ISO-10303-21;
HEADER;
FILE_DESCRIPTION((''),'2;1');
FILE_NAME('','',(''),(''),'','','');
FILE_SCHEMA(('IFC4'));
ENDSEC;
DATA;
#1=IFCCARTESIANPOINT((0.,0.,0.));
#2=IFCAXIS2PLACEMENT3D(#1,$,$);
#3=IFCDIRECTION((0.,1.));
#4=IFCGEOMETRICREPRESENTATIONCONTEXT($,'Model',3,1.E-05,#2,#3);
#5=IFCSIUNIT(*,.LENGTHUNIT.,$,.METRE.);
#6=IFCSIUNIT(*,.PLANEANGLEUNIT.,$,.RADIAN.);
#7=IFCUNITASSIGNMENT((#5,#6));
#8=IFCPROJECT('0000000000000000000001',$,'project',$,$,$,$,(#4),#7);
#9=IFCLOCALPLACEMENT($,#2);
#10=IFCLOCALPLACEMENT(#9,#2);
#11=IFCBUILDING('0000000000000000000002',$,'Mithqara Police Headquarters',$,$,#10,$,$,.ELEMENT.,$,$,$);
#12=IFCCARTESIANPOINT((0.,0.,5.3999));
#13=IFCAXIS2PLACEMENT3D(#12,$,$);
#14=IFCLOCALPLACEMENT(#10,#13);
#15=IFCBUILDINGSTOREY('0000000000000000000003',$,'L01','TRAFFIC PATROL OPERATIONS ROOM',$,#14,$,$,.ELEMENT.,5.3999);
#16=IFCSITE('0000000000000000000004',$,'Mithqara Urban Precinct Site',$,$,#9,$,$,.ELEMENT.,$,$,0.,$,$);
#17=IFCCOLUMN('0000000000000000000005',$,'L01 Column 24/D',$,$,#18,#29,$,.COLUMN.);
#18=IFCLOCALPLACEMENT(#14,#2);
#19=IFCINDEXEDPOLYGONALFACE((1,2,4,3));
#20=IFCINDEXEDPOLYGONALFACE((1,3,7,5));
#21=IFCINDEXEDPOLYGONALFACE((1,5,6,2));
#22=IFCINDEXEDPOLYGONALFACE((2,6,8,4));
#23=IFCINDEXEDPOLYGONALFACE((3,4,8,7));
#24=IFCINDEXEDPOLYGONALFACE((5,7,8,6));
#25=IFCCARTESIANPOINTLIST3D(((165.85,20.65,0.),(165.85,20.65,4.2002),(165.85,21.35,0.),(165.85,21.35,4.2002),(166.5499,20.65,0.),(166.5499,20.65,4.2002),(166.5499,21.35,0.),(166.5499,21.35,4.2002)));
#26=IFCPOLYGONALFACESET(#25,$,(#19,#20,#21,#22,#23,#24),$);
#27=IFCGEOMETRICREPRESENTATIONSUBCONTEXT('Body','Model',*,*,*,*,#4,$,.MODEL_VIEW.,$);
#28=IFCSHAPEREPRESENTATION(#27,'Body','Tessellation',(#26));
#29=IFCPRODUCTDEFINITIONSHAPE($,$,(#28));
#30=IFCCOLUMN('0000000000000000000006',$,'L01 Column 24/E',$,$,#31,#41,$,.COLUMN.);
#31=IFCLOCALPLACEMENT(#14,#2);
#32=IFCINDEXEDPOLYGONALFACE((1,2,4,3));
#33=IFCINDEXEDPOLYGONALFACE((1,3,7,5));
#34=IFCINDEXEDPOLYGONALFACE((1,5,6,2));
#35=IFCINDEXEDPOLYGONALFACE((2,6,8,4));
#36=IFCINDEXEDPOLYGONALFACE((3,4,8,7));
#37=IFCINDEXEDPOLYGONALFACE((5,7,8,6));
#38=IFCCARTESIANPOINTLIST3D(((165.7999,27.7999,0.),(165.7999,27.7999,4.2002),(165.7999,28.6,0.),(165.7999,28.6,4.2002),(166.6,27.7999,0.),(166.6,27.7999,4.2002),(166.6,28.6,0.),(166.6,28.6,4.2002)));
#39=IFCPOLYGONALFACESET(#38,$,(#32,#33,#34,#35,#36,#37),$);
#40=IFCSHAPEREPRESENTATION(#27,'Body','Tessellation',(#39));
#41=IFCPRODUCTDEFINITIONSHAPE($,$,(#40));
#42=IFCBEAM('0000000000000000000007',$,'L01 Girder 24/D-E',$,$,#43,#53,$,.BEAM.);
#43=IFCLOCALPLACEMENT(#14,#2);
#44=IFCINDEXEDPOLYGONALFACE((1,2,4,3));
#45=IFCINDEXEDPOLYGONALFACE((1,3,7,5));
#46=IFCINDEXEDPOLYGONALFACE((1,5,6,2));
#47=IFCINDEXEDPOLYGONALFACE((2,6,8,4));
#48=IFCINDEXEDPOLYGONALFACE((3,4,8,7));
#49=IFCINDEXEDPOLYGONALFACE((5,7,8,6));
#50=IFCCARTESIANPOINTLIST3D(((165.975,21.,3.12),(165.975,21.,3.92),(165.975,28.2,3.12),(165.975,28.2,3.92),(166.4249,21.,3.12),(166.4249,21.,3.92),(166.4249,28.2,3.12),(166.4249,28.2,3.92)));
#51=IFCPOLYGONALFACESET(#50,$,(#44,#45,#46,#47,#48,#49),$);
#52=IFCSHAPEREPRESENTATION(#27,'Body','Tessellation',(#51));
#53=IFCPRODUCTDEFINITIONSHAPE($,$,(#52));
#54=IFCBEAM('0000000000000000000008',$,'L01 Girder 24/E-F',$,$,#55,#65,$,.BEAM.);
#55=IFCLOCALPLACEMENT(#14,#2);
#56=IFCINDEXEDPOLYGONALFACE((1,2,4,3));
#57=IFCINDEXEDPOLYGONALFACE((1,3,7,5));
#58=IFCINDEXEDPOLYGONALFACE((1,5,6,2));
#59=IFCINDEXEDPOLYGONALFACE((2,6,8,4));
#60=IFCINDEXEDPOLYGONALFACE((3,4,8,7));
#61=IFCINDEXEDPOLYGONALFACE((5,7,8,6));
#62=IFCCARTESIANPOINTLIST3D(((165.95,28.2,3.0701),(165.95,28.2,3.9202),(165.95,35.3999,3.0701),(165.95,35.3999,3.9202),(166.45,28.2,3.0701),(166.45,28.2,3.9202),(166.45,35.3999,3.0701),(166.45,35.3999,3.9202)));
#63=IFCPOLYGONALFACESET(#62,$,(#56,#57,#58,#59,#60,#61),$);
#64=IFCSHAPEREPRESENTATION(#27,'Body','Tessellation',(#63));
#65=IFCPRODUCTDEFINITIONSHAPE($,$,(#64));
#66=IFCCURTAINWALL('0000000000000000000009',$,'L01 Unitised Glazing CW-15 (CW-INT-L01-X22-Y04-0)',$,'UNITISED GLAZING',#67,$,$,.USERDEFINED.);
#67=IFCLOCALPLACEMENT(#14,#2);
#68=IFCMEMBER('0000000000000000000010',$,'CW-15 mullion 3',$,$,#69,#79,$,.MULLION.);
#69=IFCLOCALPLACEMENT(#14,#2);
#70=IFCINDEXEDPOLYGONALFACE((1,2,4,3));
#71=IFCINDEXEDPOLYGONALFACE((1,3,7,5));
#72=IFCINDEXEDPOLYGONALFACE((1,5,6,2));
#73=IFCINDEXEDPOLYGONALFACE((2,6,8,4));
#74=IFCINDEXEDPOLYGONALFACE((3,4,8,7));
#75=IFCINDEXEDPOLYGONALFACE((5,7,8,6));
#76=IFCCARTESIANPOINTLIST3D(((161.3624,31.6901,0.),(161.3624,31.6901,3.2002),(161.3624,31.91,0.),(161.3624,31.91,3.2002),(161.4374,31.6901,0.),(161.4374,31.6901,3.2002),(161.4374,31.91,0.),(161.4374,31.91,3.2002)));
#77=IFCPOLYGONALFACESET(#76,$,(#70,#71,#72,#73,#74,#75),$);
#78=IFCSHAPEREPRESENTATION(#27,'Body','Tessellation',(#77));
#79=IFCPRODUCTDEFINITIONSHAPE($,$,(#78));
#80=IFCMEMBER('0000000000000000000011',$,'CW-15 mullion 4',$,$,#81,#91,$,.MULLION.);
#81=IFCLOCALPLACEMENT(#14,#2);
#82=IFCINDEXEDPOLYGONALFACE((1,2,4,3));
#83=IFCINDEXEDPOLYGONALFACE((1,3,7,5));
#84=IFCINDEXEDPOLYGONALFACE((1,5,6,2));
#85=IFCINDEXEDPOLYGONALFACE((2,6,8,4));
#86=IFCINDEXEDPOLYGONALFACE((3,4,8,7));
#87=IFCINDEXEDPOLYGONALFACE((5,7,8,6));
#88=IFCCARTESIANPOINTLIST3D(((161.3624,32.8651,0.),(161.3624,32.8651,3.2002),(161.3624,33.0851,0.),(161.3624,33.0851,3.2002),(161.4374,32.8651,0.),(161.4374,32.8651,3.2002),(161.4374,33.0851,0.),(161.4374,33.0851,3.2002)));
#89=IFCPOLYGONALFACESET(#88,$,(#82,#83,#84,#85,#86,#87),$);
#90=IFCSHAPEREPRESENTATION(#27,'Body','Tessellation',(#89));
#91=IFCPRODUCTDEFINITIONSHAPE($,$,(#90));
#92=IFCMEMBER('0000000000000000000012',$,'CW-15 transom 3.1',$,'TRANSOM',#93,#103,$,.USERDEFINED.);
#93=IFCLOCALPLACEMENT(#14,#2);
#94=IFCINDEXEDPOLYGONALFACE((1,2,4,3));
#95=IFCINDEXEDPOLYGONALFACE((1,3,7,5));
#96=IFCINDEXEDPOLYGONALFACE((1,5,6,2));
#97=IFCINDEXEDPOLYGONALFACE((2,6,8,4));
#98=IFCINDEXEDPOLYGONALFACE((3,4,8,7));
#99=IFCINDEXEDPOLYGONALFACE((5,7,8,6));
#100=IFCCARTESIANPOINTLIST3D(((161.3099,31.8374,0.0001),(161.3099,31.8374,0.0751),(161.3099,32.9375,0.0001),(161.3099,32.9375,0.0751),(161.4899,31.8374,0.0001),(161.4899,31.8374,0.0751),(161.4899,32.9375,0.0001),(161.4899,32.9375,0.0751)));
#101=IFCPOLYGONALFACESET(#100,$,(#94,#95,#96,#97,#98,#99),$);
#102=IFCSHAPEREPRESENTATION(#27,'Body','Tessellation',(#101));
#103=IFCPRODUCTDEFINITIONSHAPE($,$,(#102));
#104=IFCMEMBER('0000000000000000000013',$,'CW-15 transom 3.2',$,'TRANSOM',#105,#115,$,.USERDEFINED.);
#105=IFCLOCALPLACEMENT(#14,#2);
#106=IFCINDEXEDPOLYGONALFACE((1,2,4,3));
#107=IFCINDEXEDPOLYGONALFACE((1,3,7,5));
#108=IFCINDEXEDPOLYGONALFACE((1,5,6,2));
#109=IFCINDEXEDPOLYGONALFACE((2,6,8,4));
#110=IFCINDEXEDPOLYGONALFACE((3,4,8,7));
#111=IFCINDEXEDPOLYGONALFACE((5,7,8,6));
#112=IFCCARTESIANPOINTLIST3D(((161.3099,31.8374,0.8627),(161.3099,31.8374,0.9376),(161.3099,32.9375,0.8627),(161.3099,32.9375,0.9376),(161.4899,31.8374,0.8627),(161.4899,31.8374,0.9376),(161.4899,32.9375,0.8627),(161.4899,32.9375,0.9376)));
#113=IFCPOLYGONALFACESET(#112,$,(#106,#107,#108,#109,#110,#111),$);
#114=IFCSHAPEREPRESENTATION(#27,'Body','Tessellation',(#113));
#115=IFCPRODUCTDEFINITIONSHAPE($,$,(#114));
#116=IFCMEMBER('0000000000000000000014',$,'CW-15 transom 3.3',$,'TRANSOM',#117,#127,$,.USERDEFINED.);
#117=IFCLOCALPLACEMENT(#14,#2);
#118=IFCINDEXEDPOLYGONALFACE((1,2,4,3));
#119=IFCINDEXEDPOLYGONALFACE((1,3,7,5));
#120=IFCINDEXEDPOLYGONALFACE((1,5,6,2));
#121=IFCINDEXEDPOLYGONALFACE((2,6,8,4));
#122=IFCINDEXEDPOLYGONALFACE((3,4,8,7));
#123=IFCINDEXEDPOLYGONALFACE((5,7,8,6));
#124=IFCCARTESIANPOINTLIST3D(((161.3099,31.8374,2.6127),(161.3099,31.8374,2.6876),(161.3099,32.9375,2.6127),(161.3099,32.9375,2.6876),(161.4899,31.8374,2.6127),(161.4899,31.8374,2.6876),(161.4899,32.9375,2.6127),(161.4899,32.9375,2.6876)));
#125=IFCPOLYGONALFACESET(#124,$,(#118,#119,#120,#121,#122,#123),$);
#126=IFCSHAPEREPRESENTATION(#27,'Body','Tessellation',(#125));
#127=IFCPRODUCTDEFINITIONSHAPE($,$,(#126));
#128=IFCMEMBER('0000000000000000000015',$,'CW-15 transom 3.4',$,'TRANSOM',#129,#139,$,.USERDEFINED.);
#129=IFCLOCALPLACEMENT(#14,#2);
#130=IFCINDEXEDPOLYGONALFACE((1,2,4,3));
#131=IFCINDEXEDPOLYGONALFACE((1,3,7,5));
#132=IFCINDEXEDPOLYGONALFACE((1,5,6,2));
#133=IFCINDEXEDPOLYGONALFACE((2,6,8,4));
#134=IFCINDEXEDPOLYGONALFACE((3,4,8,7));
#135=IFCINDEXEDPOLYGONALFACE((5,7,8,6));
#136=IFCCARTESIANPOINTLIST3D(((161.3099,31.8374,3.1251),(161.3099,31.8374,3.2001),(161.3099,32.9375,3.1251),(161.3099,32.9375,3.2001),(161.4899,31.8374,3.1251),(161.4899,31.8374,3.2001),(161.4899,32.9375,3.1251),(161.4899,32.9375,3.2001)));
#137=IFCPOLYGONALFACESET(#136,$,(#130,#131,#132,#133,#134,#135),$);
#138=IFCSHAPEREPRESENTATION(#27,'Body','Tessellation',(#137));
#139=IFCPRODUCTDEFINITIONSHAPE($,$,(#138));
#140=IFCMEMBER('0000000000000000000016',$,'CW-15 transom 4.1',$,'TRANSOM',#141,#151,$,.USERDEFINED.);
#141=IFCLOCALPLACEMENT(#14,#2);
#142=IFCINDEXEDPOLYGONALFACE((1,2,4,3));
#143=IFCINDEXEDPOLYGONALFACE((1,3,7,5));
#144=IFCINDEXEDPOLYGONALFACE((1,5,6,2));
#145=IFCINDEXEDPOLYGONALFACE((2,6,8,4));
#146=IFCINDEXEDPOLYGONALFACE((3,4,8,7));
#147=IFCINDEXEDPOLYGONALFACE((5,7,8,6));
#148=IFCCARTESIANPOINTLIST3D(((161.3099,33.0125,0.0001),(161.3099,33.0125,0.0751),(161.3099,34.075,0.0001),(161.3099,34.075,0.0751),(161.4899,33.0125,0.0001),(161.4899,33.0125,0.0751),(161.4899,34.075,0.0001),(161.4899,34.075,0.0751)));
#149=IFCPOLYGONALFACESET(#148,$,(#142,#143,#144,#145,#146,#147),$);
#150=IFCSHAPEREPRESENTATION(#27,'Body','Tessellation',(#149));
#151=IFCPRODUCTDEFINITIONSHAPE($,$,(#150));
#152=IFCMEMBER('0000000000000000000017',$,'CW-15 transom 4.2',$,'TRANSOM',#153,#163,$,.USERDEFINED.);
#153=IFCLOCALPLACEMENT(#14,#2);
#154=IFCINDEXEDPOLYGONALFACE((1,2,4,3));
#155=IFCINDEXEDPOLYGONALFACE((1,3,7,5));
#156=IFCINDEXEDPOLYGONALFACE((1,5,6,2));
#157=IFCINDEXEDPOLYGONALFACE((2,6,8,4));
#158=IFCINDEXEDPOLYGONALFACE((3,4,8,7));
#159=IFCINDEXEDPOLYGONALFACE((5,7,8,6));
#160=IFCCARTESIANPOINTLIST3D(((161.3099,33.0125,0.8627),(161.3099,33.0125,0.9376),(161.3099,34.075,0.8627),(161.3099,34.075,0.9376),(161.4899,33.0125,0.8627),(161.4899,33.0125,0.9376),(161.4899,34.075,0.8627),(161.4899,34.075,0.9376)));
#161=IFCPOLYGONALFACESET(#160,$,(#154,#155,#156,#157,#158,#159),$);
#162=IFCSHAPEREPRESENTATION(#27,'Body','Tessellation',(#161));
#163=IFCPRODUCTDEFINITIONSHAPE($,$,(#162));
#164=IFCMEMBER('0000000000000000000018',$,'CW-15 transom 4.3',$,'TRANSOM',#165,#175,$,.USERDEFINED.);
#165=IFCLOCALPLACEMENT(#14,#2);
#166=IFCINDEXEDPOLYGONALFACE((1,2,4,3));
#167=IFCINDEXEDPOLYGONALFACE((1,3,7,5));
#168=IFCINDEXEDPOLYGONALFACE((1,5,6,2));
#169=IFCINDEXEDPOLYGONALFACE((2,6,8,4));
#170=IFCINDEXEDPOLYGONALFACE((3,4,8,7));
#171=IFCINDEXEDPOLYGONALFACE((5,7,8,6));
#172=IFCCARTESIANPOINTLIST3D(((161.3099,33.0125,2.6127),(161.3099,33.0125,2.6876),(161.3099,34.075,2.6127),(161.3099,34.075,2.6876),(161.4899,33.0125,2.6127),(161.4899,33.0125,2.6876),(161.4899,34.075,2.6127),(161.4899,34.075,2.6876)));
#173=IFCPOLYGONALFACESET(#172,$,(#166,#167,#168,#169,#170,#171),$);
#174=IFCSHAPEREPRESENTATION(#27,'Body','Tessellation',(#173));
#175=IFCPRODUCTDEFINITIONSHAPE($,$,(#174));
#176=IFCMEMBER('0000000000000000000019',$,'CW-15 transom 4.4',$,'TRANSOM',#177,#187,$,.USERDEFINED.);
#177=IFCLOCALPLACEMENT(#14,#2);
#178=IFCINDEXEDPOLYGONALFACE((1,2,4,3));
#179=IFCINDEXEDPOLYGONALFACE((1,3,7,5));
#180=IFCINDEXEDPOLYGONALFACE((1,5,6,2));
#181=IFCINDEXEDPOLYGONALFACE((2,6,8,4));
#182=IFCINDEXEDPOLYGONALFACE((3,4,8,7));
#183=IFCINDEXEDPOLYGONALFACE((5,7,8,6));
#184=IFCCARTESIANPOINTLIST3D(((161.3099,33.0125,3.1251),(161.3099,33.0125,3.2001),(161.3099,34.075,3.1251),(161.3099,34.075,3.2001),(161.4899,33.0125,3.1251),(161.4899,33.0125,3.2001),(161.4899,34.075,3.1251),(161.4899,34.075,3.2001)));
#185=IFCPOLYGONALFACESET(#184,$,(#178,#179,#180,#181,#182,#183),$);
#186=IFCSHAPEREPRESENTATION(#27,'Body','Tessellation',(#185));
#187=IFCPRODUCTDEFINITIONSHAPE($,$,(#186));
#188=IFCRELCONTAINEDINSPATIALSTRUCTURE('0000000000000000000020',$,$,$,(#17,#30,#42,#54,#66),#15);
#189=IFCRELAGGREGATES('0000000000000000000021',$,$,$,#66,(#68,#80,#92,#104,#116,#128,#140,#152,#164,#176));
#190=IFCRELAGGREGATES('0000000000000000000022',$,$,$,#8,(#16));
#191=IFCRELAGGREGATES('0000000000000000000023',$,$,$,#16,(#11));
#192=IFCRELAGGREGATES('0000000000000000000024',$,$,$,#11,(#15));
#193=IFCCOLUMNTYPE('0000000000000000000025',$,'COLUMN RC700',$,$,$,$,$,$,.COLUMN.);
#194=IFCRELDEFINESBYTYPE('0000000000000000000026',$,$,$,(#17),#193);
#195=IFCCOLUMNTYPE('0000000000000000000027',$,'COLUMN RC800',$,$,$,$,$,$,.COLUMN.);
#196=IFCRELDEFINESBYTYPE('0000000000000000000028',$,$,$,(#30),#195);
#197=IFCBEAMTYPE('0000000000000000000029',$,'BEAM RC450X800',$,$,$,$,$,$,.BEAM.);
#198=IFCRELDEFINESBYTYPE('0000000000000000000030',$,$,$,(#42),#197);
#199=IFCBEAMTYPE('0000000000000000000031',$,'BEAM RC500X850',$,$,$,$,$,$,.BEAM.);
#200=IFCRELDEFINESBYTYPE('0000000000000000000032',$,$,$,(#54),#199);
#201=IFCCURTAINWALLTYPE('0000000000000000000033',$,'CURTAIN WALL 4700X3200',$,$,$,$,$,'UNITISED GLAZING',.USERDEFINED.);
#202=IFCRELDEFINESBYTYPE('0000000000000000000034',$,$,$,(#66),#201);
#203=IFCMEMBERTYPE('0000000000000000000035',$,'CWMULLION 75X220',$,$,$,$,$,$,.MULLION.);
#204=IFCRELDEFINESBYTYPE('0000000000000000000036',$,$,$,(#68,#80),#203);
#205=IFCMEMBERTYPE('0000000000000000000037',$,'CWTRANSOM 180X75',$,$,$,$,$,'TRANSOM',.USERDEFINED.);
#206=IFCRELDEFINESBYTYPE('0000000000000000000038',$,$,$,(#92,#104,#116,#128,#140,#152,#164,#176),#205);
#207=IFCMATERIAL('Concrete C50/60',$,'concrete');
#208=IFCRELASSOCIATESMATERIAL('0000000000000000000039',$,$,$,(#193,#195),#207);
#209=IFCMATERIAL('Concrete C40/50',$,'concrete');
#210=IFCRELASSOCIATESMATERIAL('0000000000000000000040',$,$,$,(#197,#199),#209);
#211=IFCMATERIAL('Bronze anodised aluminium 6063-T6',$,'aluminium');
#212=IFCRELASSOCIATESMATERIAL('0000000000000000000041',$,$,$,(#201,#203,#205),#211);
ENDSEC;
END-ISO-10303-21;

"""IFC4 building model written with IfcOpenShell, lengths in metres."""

from ifc_helpers import new_model, si_unit, direction, frame, origin, origin_2d, place, context, subcontext, project, spatial, rectangle, extrude, material, material_profile, profile_set, type_object, element, aggregate, save


model = new_model("IFC4")

# Units and contexts
model_context = context("Model", 3, precision=1e-05, world=origin(), true_north=direction((0.0, 1.0)))
body_context = subcontext(model_context, "Body", "Model", "MODEL_VIEW")
ifc_project = project(units=[si_unit("LENGTHUNIT", "METRE"), si_unit("PLANEANGLEUNIT", "RADIAN")], contexts=[model_context])

# Site, building, storey
site_placement = place(None, origin())
site = spatial("IfcSite", under=ifc_project, at=site_placement, Name="Mithqara Urban Precinct Site", CompositionType="ELEMENT", RefElevation=0.0)
building_placement = place(site_placement, origin())
building = spatial("IfcBuilding", under=site, at=building_placement, Name="Mithqara Police Headquarters", CompositionType="ELEMENT")
storey_placement = place(building_placement, frame((0.0, 0.0, 5.3999)))
storey = spatial("IfcBuildingStorey", under=building, at=storey_placement, Name="L01", Description="TRAFFIC PATROL OPERATIONS ROOM", CompositionType="ELEMENT", Elevation=5.3999)

# Columns
ifc_material_1 = material(Name="Concrete C50/60", Category="concrete")
ifc_material_profile_1 = material_profile(ifc_material_1, rectangle(XDim=0.7, YDim=0.7, at=origin_2d()), Name="RC 700x700")
ifc_profile_set_1 = profile_set([ifc_material_profile_1], Name="Concrete C50/60")
column_type_1 = type_object("IfcColumnType", Name="COLUMN RC700", PredefinedType="COLUMN", material=ifc_profile_set_1)
column_1_placement = place(storey_placement, frame((166.2, 21.0, 0.0), z_axis=(0.0, 0.0, 1.0), x_axis=(1.0, 0.0, 0.0)))
element("IfcColumn", 1, at=column_1_placement, inside=storey, type_object=column_type_1, Name="L01 Column 24/D", PredefinedType="COLUMN", context=body_context, shape_type="SweptSolid", body=[
    extrude(rectangle(XDim=0.7, YDim=0.7, at=origin_2d()), origin(), (0.0, 0.0, 1.0), 4.2002),
])
ifc_material_profile_2 = material_profile(ifc_material_1, rectangle(XDim=0.8, YDim=0.8, at=origin_2d()), Name="RC 800x800")
ifc_profile_set_2 = profile_set([ifc_material_profile_2], Name="Concrete C50/60")
column_type_2 = type_object("IfcColumnType", Name="COLUMN RC800", PredefinedType="COLUMN", material=ifc_profile_set_2)
column_2_placement = place(storey_placement, frame((166.2, 28.2, 0.0), z_axis=(0.0, 0.0, 1.0), x_axis=(1.0, 0.0, 0.0)))
element("IfcColumn", 2, at=column_2_placement, inside=storey, type_object=column_type_2, Name="L01 Column 24/E", PredefinedType="COLUMN", context=body_context, shape_type="SweptSolid", body=[
    extrude(rectangle(XDim=0.8, YDim=0.8, at=origin_2d()), origin(), (0.0, 0.0, 1.0), 4.2002),
])

# Beams
ifc_material_2 = material(Name="Concrete C40/50", Category="concrete")
ifc_material_profile_3 = material_profile(ifc_material_2, rectangle(XDim=0.45, YDim=0.8, at=origin_2d()), Name="RC 450x800")
ifc_profile_set_3 = profile_set([ifc_material_profile_3], Name="Concrete C40/50")
beam_type_1 = type_object("IfcBeamType", Name="BEAM RC450X800", PredefinedType="BEAM", material=ifc_profile_set_3)
beam_1_placement = place(storey_placement, frame((166.2, 21.0, 3.52), z_axis=(0.0, 1.0, 0.0), x_axis=(-1.0, 0.0, 0.0)))
element("IfcBeam", 3, at=beam_1_placement, inside=storey, type_object=beam_type_1, Name="L01 Girder 24/D-E", PredefinedType="BEAM", context=body_context, shape_type="SweptSolid", body=[
    extrude(rectangle(XDim=0.45, YDim=0.8, at=origin_2d()), origin(), (0.0, 0.0, 1.0), 7.2),
])
ifc_material_profile_4 = material_profile(ifc_material_2, rectangle(XDim=0.5, YDim=0.8501, at=origin_2d()), Name="RC 500x850")
ifc_profile_set_4 = profile_set([ifc_material_profile_4], Name="Concrete C40/50")
beam_type_2 = type_object("IfcBeamType", Name="BEAM RC500X850", PredefinedType="BEAM", material=ifc_profile_set_4)
beam_2_placement = place(storey_placement, frame((166.2, 28.2, 3.4951), z_axis=(0.0, 1.0, 0.0), x_axis=(-1.0, 0.0, 0.0)))
element("IfcBeam", 4, at=beam_2_placement, inside=storey, type_object=beam_type_2, Name="L01 Girder 24/E-F", PredefinedType="BEAM", context=body_context, shape_type="SweptSolid", body=[
    extrude(rectangle(XDim=0.5, YDim=0.8501, at=origin_2d()), origin(), (0.0, 0.0, 1.0), 7.2),
])

# Curtain wall, members
ifc_material_3 = material(Name="Bronze anodised aluminium 6063-T6", Category="aluminium")
curtain_wall_type = type_object("IfcCurtainWallType", Name="CURTAIN WALL 4700X3200", ElementType="UNITISED GLAZING", PredefinedType="USERDEFINED", material=ifc_material_3)
curtain_wall_placement = place(storey_placement, origin())
curtain_wall = element("IfcCurtainWall", 5, at=curtain_wall_placement, inside=storey, type_object=curtain_wall_type, Name="L01 Unitised Glazing CW-15 (CW-INT-L01-X22-Y04-0)", ObjectType="UNITISED GLAZING", PredefinedType="USERDEFINED")
ifc_material_profile_5 = material_profile(ifc_material_3, rectangle(XDim=0.075, YDim=0.22, at=origin_2d()), Name="CWM 75x220")
ifc_profile_set_5 = profile_set([ifc_material_profile_5], Name="Bronze anodised aluminium 6063-T6")
member_type_1 = type_object("IfcMemberType", Name="CWMULLION 75X220", PredefinedType="MULLION", material=ifc_profile_set_5)
member_1_placement = place(storey_placement, frame((161.3999, 31.8, 0.0), z_axis=(0.0, 0.0, 1.0), x_axis=(-1.0, 0.0, 0.0)))
member_1 = element("IfcMember", 6, at=member_1_placement, type_object=member_type_1, Name="CW-15 mullion 3", PredefinedType="MULLION", context=body_context, shape_type="SweptSolid", body=[
    extrude(rectangle(XDim=0.075, YDim=0.22, at=origin_2d()), origin(), (0.0, 0.0, 1.0), 3.2002),
])
member_2_placement = place(storey_placement, frame((161.3999, 32.9751, 0.0), z_axis=(0.0, 0.0, 1.0), x_axis=(-1.0, 0.0, 0.0)))
member_2 = element("IfcMember", 7, at=member_2_placement, type_object=member_type_1, Name="CW-15 mullion 4", PredefinedType="MULLION", context=body_context, shape_type="SweptSolid", body=[
    extrude(rectangle(XDim=0.075, YDim=0.22, at=origin_2d()), origin(), (0.0, 0.0, 1.0), 3.2002),
])
ifc_material_profile_6 = material_profile(ifc_material_3, rectangle(XDim=0.1799, YDim=0.075, at=origin_2d()), Name="CWT 180x75")
ifc_profile_set_6 = profile_set([ifc_material_profile_6], Name="Bronze anodised aluminium 6063-T6")
member_type_2 = type_object("IfcMemberType", Name="CWTRANSOM 180X75", ElementType="TRANSOM", PredefinedType="USERDEFINED", material=ifc_profile_set_6)
member_3_placement = place(storey_placement, frame((161.3999, 31.8374, 0.0376), z_axis=(0.0, 1.0, 0.0), x_axis=(-1.0, 0.0, 0.0)))
member_3 = element("IfcMember", 8, at=member_3_placement, type_object=member_type_2, Name="CW-15 transom 3.1", ObjectType="TRANSOM", PredefinedType="USERDEFINED", context=body_context, shape_type="SweptSolid", body=[
    extrude(rectangle(XDim=0.1799, YDim=0.075, at=origin_2d()), origin(), (0.0, 0.0, 1.0), 1.1001),
])
member_4_placement = place(storey_placement, frame((161.3999, 31.8374, 0.9001), z_axis=(0.0, 1.0, 0.0), x_axis=(-1.0, 0.0, 0.0)))
member_4 = element("IfcMember", 9, at=member_4_placement, type_object=member_type_2, Name="CW-15 transom 3.2", ObjectType="TRANSOM", PredefinedType="USERDEFINED", context=body_context, shape_type="SweptSolid", body=[
    extrude(rectangle(XDim=0.1799, YDim=0.075, at=origin_2d()), origin(), (0.0, 0.0, 1.0), 1.1001),
])
member_5_placement = place(storey_placement, frame((161.3999, 31.8374, 2.6501), z_axis=(0.0, 1.0, 0.0), x_axis=(-1.0, 0.0, 0.0)))
member_5 = element("IfcMember", 10, at=member_5_placement, type_object=member_type_2, Name="CW-15 transom 3.3", ObjectType="TRANSOM", PredefinedType="USERDEFINED", context=body_context, shape_type="SweptSolid", body=[
    extrude(rectangle(XDim=0.1799, YDim=0.075, at=origin_2d()), origin(), (0.0, 0.0, 1.0), 1.1001),
])
member_6_placement = place(storey_placement, frame((161.3999, 31.8374, 3.1626), z_axis=(0.0, 1.0, 0.0), x_axis=(-1.0, 0.0, 0.0)))
member_6 = element("IfcMember", 11, at=member_6_placement, type_object=member_type_2, Name="CW-15 transom 3.4", ObjectType="TRANSOM", PredefinedType="USERDEFINED", context=body_context, shape_type="SweptSolid", body=[
    extrude(rectangle(XDim=0.1799, YDim=0.075, at=origin_2d()), origin(), (0.0, 0.0, 1.0), 1.1001),
])
member_7_placement = place(storey_placement, frame((161.3999, 33.0125, 0.0376), z_axis=(0.0, 1.0, 0.0), x_axis=(-1.0, 0.0, 0.0)))
member_7 = element("IfcMember", 12, at=member_7_placement, type_object=member_type_2, Name="CW-15 transom 4.1", ObjectType="TRANSOM", PredefinedType="USERDEFINED", context=body_context, shape_type="SweptSolid", body=[
    extrude(rectangle(XDim=0.1799, YDim=0.075, at=origin_2d()), origin(), (0.0, 0.0, 1.0), 1.0625),
])
member_8_placement = place(storey_placement, frame((161.3999, 33.0125, 0.9001), z_axis=(0.0, 1.0, 0.0), x_axis=(-1.0, 0.0, 0.0)))
member_8 = element("IfcMember", 13, at=member_8_placement, type_object=member_type_2, Name="CW-15 transom 4.2", ObjectType="TRANSOM", PredefinedType="USERDEFINED", context=body_context, shape_type="SweptSolid", body=[
    extrude(rectangle(XDim=0.1799, YDim=0.075, at=origin_2d()), origin(), (0.0, 0.0, 1.0), 1.0625),
])
member_9_placement = place(storey_placement, frame((161.3999, 33.0125, 2.6501), z_axis=(0.0, 1.0, 0.0), x_axis=(-1.0, 0.0, 0.0)))
member_9 = element("IfcMember", 14, at=member_9_placement, type_object=member_type_2, Name="CW-15 transom 4.3", ObjectType="TRANSOM", PredefinedType="USERDEFINED", context=body_context, shape_type="SweptSolid", body=[
    extrude(rectangle(XDim=0.1799, YDim=0.075, at=origin_2d()), origin(), (0.0, 0.0, 1.0), 1.0625),
])
member_10_placement = place(storey_placement, frame((161.3999, 33.0125, 3.1626), z_axis=(0.0, 1.0, 0.0), x_axis=(-1.0, 0.0, 0.0)))
member_10 = element("IfcMember", 15, at=member_10_placement, type_object=member_type_2, Name="CW-15 transom 4.4", ObjectType="TRANSOM", PredefinedType="USERDEFINED", context=body_context, shape_type="SweptSolid", body=[
    extrude(rectangle(XDim=0.1799, YDim=0.075, at=origin_2d()), origin(), (0.0, 0.0, 1.0), 1.0625),
])
aggregate(curtain_wall, [member_1, member_2, member_3, member_4, member_5, member_6, member_7, member_8, member_9, member_10])

save(model, "model.ifc")
